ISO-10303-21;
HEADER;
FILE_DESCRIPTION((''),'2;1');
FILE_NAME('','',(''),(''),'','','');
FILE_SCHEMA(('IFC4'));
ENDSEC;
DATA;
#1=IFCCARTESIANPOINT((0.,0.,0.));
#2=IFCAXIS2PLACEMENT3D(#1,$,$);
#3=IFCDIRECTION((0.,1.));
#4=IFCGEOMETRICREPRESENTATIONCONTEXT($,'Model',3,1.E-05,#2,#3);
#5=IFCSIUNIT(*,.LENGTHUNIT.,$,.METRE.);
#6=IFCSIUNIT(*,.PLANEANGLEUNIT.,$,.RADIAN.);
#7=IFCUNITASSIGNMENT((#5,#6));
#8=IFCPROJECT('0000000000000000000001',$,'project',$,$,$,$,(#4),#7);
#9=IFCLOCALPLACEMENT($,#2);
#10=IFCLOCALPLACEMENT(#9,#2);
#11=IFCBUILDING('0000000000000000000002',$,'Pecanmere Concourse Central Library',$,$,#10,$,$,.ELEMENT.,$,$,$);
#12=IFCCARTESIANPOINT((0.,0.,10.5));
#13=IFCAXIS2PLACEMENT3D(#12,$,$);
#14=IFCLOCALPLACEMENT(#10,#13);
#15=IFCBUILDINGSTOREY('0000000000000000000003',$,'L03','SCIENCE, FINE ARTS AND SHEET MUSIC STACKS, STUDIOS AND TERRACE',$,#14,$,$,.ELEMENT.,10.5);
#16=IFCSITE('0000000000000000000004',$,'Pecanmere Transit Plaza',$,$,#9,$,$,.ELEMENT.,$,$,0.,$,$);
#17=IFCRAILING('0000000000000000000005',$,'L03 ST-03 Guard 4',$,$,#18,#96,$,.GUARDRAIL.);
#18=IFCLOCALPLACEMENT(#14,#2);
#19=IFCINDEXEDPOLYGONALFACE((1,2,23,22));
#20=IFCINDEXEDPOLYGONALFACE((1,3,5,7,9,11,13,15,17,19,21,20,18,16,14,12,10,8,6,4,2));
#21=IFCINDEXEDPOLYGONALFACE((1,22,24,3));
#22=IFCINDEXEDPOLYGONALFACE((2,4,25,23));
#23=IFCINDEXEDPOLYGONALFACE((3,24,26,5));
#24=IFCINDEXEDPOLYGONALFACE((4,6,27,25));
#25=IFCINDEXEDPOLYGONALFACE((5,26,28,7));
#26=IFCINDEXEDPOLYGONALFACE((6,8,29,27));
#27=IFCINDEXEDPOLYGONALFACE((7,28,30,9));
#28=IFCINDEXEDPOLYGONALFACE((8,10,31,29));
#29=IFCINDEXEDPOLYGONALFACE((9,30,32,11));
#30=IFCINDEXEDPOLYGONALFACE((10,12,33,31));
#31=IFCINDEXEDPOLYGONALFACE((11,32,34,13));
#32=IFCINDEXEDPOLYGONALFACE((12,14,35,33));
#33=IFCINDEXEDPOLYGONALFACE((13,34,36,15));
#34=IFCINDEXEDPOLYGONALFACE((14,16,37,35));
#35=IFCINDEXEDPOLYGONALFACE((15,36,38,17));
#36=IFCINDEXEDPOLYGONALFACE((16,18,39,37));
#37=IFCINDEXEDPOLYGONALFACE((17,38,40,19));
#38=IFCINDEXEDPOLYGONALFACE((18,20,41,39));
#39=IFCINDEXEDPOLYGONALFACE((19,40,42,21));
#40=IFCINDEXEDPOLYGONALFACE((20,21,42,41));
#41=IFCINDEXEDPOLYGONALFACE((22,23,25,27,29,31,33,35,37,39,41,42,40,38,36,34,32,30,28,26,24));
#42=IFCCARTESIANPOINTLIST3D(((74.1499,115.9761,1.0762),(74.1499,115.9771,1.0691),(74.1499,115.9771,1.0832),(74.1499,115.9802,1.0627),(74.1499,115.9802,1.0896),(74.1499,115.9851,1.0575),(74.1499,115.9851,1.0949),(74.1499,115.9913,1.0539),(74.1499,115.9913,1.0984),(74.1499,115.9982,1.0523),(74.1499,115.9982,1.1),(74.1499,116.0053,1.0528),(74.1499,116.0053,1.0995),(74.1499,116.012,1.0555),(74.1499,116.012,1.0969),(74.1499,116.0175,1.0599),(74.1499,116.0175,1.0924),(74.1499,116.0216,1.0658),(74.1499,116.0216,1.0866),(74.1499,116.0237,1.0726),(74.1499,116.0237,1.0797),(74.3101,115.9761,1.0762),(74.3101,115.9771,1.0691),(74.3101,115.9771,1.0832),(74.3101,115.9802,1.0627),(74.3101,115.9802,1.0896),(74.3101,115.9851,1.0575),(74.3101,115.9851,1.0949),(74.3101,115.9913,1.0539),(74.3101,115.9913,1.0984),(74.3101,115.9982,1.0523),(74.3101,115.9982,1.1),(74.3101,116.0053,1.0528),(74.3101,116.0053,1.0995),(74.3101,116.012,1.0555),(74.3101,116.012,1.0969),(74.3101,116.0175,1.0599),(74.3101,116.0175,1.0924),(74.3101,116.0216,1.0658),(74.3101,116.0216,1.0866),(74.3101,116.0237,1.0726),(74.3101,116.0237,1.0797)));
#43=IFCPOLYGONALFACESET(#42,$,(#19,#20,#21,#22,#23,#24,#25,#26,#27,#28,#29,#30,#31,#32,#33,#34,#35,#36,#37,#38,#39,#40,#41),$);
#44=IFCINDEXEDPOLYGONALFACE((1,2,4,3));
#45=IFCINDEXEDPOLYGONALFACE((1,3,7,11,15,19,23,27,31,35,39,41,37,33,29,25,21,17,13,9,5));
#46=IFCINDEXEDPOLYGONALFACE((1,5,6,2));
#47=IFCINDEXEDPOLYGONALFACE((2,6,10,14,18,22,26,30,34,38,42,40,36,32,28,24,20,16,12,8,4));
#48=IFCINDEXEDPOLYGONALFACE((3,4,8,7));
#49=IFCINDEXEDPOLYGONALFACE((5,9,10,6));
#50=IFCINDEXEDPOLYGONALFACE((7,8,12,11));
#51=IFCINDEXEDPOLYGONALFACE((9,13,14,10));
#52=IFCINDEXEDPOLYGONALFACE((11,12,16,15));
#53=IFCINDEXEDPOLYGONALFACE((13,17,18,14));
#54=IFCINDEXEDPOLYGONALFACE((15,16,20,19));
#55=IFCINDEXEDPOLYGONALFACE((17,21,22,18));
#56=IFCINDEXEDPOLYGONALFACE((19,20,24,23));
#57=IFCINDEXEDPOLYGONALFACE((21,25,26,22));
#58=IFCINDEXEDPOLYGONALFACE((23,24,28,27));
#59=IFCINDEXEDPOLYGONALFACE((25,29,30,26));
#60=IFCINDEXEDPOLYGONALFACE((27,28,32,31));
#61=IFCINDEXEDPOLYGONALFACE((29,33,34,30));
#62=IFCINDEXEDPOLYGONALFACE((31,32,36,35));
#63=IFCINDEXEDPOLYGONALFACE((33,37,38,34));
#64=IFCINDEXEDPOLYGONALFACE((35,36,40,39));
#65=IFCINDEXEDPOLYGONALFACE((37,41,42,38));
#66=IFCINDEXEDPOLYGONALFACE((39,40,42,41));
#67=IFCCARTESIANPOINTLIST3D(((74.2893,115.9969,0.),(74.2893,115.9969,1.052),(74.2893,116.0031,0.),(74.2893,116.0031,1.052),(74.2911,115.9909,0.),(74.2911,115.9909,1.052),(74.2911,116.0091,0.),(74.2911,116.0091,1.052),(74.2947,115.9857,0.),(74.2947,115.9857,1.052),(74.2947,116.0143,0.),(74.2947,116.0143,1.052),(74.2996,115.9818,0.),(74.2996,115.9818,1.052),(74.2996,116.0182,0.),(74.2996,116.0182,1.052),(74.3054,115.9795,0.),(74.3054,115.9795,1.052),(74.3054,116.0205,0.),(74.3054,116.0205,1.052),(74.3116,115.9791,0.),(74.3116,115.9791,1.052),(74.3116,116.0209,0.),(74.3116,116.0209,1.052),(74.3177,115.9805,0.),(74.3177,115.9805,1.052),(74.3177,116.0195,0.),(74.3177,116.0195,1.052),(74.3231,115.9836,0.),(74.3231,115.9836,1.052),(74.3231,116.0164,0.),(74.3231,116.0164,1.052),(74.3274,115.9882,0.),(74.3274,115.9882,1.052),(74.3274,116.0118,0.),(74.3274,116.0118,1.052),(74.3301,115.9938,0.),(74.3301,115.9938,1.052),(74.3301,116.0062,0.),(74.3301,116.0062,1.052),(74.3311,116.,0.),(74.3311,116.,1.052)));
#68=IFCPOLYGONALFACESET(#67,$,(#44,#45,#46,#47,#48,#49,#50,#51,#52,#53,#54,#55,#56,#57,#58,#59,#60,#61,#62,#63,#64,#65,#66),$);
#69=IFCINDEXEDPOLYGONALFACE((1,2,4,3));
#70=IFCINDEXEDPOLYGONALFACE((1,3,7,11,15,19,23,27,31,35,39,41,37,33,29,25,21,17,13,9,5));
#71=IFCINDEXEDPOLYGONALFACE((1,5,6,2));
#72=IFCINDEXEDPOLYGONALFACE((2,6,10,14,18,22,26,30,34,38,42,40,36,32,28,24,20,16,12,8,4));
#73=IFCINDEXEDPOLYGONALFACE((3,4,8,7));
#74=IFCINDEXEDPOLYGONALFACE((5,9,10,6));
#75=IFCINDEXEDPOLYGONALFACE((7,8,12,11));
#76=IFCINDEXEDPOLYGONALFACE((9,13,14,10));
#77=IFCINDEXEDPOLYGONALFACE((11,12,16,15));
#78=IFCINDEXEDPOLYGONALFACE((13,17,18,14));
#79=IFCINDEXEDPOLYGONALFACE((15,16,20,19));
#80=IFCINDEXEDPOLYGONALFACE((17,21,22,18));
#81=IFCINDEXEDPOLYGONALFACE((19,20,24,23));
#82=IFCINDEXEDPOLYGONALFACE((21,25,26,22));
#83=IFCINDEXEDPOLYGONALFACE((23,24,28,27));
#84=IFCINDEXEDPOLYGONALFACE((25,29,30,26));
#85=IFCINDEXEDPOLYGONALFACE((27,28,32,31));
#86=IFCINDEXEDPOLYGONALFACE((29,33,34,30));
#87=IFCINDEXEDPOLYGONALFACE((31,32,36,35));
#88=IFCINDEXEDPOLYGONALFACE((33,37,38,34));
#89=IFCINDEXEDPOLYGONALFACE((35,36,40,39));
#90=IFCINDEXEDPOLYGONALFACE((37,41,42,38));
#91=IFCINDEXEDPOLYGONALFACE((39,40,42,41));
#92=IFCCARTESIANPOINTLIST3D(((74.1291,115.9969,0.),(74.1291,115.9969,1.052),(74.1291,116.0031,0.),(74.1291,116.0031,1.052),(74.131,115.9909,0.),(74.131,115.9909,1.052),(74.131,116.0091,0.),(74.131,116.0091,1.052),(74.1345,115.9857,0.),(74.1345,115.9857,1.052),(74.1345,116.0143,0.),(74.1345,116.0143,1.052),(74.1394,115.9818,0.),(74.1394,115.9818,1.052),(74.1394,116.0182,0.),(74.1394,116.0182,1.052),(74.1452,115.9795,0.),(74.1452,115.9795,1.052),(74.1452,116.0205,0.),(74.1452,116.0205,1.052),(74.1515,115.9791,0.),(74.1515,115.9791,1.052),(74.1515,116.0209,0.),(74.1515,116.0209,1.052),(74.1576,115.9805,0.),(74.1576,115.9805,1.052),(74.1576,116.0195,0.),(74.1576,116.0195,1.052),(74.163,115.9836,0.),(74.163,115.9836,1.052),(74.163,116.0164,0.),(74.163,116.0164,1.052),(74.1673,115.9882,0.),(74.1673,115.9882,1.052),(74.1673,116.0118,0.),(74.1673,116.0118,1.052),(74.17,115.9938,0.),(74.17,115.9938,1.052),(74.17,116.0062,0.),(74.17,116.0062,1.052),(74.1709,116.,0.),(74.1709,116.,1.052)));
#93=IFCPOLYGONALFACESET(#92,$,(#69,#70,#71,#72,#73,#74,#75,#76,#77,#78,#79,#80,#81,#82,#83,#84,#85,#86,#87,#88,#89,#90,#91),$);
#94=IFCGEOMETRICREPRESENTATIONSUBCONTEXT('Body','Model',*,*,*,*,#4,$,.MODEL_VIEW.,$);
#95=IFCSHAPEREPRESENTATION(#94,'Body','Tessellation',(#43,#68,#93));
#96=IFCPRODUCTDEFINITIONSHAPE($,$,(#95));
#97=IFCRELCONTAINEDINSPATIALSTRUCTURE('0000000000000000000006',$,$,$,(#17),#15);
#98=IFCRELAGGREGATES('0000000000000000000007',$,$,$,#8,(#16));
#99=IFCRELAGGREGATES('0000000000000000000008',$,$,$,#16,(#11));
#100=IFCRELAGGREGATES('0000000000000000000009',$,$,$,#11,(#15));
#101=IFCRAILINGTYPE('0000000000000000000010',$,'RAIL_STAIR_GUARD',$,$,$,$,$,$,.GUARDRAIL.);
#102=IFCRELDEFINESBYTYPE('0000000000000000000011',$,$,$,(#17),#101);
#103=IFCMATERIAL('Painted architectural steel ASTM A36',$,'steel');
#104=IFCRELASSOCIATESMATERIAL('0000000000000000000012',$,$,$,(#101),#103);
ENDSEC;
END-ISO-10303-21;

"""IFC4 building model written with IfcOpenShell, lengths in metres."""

from ifc_helpers import new_model, si_unit, direction, frame, origin, origin_2d, place, context, subcontext, project, spatial, circle, extrude, material, type_object, element, save


model = new_model("IFC4")

# Units and contexts
model_context = context("Model", 3, precision=1e-05, world=origin(), true_north=direction((0.0, 1.0)))
body_context = subcontext(model_context, "Body", "Model", "MODEL_VIEW")
ifc_project = project(units=[si_unit("LENGTHUNIT", "METRE"), si_unit("PLANEANGLEUNIT", "RADIAN")], contexts=[model_context])

# Site, building, storey
site_placement = place(None, origin())
site = spatial("IfcSite", under=ifc_project, at=site_placement, Name="Pecanmere Transit Plaza", CompositionType="ELEMENT", RefElevation=0.0)
building_placement = place(site_placement, origin())
building = spatial("IfcBuilding", under=site, at=building_placement, Name="Pecanmere Concourse Central Library", CompositionType="ELEMENT")
storey_placement = place(building_placement, frame((0.0, 0.0, 10.5)))
storey = spatial("IfcBuildingStorey", under=building, at=storey_placement, Name="L03", Description="SCIENCE, FINE ARTS AND SHEET MUSIC STACKS, STUDIOS AND TERRACE", CompositionType="ELEMENT", Elevation=10.5)

# Railing
ifc_material_1 = material(Name="Painted architectural steel ASTM A36", Category="steel")
railing_type_1 = type_object("IfcRailingType", Name="RAIL_STAIR_GUARD", PredefinedType="GUARDRAIL", material=ifc_material_1)
railing_1_placement = place(storey_placement, frame((74.3101, 116.0, 0.0)))
element("IfcRailing", 1, at=railing_1_placement, inside=storey, type_object=railing_type_1, Name="L03 ST-03 Guard 4", PredefinedType="GUARDRAIL", context=body_context, shape_type="SweptSolid", body=[
    extrude(circle(Radius=0.0239, at=origin_2d()), frame((0.0, 0.0, 1.0762), z_axis=(-1.0, 0.0, 0.0), x_axis=(0.0, -1.0, 0.0)), (0.0, 0.0, 1.0), 0.1602),
    extrude(circle(Radius=0.021, at=origin_2d()), origin(), (0.0, 0.0, 1.0), 1.052),
    extrude(circle(Radius=0.021, at=origin_2d()), frame((-0.1602, 0.0, 0.0)), (0.0, 0.0, 1.0), 1.052),
])

save(model, "model.ifc")
